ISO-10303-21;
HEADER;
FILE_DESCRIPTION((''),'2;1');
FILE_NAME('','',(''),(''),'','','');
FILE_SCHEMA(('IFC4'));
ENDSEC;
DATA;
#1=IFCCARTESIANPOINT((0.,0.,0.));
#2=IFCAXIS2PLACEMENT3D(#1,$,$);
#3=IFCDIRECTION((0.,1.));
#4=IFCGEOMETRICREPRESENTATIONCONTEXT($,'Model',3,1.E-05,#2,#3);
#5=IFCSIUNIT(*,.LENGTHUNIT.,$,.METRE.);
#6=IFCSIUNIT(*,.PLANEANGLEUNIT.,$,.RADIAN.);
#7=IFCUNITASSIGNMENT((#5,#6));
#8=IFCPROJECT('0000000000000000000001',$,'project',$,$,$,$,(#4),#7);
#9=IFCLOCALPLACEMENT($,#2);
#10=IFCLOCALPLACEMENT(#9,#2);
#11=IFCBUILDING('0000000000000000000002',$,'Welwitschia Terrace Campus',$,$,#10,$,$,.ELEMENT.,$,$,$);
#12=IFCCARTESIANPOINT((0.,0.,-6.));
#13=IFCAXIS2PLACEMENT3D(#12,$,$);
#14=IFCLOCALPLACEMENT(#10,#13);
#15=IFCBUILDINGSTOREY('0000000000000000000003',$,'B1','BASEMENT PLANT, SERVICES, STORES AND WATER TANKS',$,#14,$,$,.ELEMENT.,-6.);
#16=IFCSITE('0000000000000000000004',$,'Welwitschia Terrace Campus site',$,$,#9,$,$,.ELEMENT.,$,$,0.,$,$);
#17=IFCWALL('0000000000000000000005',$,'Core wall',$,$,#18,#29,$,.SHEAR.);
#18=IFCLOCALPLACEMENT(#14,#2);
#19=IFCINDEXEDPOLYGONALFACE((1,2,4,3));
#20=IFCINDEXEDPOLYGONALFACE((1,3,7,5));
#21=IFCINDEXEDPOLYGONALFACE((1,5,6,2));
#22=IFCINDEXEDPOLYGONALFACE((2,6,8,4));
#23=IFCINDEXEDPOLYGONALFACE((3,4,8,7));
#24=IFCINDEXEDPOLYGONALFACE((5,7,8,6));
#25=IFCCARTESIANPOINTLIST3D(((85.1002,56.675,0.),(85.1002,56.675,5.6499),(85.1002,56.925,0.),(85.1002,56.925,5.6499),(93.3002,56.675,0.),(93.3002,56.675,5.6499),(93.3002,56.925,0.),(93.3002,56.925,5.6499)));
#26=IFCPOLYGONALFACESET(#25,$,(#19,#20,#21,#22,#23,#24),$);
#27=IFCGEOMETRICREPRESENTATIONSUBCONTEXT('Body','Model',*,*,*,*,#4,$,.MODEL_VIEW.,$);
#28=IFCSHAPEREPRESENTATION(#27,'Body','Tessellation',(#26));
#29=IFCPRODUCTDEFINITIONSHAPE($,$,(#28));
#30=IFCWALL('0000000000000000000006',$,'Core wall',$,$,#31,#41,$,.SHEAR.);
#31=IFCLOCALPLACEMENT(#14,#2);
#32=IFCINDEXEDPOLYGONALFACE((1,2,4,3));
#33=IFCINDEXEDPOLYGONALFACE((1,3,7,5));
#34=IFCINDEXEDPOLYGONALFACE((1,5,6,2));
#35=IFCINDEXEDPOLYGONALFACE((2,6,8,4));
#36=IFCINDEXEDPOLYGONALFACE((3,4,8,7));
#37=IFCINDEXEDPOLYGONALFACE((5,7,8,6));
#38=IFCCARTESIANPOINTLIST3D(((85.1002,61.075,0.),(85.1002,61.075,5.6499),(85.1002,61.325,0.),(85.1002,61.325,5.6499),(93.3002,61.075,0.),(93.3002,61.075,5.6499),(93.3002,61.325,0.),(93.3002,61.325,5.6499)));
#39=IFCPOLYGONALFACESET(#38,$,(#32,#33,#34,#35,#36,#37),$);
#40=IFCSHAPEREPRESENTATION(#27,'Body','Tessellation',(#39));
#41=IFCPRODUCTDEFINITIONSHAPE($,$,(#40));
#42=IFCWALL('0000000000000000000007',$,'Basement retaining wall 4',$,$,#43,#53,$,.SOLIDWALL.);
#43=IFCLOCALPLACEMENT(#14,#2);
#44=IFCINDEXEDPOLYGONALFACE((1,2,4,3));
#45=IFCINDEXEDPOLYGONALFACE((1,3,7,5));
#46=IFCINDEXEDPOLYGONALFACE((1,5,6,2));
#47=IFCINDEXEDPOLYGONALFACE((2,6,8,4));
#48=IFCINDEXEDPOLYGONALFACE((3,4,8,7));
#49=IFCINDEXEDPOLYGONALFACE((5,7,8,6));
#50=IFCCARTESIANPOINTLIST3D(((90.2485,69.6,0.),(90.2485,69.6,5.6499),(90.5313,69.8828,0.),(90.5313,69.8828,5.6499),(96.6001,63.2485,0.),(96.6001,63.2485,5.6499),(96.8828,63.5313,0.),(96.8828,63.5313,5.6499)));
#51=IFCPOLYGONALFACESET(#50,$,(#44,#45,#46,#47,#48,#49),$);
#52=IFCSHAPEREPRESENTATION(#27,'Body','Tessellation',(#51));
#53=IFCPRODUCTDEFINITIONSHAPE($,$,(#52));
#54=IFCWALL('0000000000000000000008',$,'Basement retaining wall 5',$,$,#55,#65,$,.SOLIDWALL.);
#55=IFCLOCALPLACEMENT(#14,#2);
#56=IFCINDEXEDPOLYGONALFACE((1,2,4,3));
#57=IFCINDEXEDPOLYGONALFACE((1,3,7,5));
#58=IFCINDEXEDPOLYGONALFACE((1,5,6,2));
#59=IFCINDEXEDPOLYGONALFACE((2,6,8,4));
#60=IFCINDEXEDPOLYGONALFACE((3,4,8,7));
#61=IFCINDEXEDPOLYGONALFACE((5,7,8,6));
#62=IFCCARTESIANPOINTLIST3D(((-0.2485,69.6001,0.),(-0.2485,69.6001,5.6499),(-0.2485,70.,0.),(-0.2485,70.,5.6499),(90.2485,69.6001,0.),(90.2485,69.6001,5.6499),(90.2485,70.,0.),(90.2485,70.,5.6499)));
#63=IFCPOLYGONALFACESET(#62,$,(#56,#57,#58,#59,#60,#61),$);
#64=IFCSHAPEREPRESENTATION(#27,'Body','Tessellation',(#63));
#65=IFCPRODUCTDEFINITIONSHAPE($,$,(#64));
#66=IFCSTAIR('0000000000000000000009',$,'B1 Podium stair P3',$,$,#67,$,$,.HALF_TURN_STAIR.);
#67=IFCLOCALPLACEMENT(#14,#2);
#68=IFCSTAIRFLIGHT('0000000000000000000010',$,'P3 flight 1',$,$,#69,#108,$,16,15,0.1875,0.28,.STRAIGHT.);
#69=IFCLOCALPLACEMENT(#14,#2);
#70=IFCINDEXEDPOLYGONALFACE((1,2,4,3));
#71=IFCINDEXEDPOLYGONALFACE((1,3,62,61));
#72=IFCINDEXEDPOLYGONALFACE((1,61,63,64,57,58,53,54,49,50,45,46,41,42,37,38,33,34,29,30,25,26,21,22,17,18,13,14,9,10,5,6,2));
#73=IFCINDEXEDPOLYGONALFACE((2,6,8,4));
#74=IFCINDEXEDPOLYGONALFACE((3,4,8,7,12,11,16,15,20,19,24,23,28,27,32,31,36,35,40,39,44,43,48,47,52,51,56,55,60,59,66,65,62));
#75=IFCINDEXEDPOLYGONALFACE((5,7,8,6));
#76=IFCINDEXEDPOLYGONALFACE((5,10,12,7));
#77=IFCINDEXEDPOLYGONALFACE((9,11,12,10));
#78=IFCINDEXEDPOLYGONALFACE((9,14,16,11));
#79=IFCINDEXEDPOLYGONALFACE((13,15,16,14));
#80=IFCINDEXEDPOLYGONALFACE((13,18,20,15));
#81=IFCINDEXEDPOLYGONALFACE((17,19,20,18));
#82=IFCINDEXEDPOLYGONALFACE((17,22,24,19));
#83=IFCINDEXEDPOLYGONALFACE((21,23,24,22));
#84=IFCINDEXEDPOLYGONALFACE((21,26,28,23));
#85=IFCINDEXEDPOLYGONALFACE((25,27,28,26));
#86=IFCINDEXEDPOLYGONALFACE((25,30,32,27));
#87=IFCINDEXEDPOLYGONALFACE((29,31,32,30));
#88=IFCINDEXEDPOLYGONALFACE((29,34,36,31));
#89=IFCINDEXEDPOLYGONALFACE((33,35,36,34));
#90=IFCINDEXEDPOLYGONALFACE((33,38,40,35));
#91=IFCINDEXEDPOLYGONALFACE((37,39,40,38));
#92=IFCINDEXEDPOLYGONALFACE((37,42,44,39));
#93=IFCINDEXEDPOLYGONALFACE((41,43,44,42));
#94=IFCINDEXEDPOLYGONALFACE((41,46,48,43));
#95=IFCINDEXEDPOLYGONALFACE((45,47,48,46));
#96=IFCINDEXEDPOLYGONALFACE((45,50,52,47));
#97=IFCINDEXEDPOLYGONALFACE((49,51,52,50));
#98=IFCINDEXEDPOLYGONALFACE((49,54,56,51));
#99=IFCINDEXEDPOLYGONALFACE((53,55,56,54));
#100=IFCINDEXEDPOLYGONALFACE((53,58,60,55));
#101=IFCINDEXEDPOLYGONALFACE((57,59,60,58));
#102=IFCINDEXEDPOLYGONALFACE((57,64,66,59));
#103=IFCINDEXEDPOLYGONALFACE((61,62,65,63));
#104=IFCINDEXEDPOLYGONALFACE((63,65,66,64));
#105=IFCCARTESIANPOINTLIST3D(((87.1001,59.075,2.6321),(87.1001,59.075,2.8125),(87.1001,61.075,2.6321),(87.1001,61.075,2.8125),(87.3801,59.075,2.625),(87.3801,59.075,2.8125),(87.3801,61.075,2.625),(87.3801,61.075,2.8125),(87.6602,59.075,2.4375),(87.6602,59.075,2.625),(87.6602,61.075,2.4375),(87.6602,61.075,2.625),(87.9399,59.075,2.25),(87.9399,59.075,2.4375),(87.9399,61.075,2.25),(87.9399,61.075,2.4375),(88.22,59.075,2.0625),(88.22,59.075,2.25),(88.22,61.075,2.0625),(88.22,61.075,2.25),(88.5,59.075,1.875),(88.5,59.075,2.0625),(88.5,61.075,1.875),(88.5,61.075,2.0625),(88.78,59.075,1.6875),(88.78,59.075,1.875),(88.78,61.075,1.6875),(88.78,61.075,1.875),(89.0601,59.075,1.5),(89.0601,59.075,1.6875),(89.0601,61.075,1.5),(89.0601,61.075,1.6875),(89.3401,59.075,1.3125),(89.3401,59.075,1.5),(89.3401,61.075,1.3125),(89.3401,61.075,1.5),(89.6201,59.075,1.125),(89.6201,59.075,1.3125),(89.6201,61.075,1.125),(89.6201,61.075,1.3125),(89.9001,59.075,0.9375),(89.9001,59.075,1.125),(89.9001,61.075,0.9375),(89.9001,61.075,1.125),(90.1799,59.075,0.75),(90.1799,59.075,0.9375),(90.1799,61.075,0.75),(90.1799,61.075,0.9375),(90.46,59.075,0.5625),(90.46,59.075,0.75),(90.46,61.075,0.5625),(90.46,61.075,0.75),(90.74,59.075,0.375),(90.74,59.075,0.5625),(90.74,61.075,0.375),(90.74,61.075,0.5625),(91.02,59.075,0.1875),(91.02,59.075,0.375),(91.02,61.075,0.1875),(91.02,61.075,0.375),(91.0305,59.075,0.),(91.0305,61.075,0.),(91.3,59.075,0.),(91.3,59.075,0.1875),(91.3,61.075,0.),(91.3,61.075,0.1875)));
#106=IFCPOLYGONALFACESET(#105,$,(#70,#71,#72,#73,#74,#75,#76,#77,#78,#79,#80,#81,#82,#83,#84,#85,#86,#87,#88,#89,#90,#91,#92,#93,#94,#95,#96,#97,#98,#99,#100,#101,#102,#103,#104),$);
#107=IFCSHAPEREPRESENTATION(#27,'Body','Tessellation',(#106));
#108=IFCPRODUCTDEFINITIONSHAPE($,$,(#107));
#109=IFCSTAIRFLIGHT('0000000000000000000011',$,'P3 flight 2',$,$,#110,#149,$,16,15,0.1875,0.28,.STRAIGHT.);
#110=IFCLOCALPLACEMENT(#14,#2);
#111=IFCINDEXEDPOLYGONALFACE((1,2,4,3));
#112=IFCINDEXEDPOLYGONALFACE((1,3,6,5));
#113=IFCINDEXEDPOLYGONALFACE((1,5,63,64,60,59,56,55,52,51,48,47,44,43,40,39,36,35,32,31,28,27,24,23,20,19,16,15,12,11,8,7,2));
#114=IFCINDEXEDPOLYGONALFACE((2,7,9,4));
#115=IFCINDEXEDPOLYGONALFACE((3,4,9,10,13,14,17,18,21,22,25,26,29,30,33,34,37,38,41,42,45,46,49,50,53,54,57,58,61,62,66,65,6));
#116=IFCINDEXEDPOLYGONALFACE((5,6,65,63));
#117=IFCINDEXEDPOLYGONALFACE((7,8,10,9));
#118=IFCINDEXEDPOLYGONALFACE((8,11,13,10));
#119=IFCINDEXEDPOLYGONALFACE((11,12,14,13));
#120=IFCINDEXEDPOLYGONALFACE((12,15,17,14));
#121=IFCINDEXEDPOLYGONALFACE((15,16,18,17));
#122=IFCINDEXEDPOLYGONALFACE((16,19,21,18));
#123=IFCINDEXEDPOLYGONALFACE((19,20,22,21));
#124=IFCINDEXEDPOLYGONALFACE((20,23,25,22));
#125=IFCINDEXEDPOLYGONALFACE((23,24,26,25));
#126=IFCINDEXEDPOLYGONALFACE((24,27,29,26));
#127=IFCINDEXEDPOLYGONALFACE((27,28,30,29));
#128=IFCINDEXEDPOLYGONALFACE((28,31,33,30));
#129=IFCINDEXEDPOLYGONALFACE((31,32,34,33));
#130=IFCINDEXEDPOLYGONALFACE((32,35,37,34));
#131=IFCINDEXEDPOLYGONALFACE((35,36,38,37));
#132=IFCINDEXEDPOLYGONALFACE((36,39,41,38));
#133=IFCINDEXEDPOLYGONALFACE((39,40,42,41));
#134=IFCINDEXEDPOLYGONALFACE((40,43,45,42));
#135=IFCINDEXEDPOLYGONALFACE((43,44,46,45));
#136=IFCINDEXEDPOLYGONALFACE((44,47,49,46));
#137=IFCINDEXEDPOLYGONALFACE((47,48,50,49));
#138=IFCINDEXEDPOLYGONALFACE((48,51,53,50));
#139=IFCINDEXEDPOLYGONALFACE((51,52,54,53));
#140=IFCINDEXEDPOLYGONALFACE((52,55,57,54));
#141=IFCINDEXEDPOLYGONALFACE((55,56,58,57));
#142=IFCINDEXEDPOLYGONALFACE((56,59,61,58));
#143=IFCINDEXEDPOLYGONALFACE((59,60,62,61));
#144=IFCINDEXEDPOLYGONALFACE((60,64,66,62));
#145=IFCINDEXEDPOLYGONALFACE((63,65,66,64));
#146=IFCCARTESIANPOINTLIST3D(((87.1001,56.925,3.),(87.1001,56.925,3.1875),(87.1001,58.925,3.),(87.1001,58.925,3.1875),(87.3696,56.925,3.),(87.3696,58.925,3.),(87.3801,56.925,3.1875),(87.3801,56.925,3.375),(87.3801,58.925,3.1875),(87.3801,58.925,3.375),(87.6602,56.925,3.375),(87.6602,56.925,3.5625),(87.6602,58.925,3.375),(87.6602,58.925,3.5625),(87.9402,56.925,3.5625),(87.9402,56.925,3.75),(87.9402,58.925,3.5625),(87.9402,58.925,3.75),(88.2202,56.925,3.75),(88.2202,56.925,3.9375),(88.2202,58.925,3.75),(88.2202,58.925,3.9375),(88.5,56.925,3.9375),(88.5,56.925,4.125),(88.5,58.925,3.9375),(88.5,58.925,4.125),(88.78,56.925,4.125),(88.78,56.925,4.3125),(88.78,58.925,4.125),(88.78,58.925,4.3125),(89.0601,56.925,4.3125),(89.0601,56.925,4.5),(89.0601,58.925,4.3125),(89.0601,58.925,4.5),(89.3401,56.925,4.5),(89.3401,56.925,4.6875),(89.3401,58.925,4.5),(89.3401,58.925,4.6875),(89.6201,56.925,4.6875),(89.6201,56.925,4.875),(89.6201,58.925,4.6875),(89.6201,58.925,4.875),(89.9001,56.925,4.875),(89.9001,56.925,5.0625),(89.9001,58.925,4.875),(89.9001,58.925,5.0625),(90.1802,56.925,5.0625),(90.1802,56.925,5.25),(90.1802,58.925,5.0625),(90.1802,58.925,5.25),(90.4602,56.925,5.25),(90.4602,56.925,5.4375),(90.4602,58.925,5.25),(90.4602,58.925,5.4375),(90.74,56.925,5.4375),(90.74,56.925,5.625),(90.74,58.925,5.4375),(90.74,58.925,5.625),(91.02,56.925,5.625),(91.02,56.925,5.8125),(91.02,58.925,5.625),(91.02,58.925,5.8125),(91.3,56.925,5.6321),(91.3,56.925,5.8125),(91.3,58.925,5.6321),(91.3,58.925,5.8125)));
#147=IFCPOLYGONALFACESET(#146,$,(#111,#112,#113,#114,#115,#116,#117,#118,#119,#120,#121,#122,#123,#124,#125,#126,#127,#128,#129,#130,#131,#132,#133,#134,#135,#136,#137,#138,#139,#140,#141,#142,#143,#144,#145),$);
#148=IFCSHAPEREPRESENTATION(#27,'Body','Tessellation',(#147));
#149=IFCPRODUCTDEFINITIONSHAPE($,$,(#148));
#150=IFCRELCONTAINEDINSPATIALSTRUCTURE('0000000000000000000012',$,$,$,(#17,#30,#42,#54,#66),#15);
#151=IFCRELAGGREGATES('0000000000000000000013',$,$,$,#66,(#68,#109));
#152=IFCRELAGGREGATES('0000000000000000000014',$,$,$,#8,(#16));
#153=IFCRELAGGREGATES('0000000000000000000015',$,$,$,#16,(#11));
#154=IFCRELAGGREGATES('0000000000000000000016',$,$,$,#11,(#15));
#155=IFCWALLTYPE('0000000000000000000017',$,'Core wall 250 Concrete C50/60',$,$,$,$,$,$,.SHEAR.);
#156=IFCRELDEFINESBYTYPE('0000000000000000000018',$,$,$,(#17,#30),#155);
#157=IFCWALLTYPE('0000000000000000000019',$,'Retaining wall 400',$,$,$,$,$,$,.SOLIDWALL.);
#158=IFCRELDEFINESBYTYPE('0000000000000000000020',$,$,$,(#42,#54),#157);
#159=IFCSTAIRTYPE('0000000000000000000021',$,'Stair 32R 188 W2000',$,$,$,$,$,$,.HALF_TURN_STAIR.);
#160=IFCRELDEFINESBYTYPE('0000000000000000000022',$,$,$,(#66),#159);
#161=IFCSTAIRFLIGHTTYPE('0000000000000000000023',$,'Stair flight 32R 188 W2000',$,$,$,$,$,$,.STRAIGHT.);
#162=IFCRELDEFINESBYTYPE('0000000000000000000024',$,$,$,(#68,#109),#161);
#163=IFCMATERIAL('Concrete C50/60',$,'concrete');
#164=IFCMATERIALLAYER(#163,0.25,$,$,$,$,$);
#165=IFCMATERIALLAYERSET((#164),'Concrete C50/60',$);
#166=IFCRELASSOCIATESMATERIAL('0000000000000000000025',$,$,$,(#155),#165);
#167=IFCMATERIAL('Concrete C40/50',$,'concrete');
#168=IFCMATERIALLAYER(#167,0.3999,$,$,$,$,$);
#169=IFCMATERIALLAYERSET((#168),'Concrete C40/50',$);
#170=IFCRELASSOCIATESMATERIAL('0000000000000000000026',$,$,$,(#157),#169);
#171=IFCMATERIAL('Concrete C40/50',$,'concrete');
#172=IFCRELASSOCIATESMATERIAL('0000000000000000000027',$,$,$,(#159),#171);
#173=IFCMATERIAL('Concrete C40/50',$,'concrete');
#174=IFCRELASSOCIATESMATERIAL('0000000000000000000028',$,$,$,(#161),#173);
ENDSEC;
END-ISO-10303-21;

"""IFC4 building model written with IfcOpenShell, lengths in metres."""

from ifc_helpers import new_model, si_unit, direction, frame, frame_2d, origin, place, context, subcontext, project, spatial, polyline, rectangle, outline, extrude, material, layer, layer_set, type_object, element, aggregate, save


model = new_model("IFC4")

# Units and contexts
model_context = context("Model", 3, precision=1e-05, world=origin(), true_north=direction((0.0, 1.0)))
body_context = subcontext(model_context, "Body", "Model", "MODEL_VIEW")
ifc_project = project(units=[si_unit("LENGTHUNIT", "METRE"), si_unit("PLANEANGLEUNIT", "RADIAN")], contexts=[model_context])

# Site, building, storey
site_placement = place(None, origin())
site = spatial("IfcSite", under=ifc_project, at=site_placement, Name="Welwitschia Terrace Campus site", CompositionType="ELEMENT", RefElevation=0.0)
building_placement = place(site_placement, origin())
building = spatial("IfcBuilding", under=site, at=building_placement, Name="Welwitschia Terrace Campus", CompositionType="ELEMENT")
storey_placement = place(building_placement, frame((0.0, 0.0, -6.0)))
storey = spatial("IfcBuildingStorey", under=building, at=storey_placement, Name="B1", Description="BASEMENT PLANT, SERVICES, STORES AND WATER TANKS", CompositionType="ELEMENT", Elevation=-6.0)

# Shared definitions
ifc_material_1 = material(Name="Concrete C50/60", Category="concrete")
ifc_layer_1 = layer(ifc_material_1, 0.25)
ifc_layer_set_1 = layer_set([ifc_layer_1], Name="Concrete C50/60")
wall_type_1 = type_object("IfcWallType", Name="Core wall 250 Concrete C50/60", PredefinedType="SHEAR", material=ifc_layer_set_1)

# Walls
for number, where, z_axis, x_axis, name in (
    (1, (85.1001, 56.8, 0.0), (0.0, 0.0, 1.0), (1.0, 0.0, 0.0), "Core wall"),
    (2, (85.1001, 61.2, 0.0), (0.0, 0.0, 1.0), (1.0, 0.0, 0.0), "Core wall"),
):
    element("IfcWall", number, at=place(storey_placement, frame(where, z_axis=z_axis, x_axis=x_axis)), inside=storey, type_object=wall_type_1, Name=name, PredefinedType="SHEAR", context=body_context, shape_type="SweptSolid", body=[
        extrude(rectangle(XDim=8.2, YDim=0.25, at=frame_2d((4.1001, 0.0))), origin(), (0.0, 0.0, 1.0), 5.6499),
    ])
ifc_material_2 = material(Name="Concrete C40/50", Category="concrete")
ifc_layer_2 = layer(ifc_material_2, 0.3999)
ifc_layer_set_2 = layer_set([ifc_layer_2], Name="Concrete C40/50")
wall_type_2 = type_object("IfcWallType", Name="Retaining wall 400", PredefinedType="SOLIDWALL", material=ifc_layer_set_2)
wall_1_placement = place(storey_placement, frame((96.7415, 63.3899, 0.0), z_axis=(0.0, 0.0, 1.0), x_axis=(-0.707107, 0.707107, 0.0)))
element("IfcWall", 3, at=wall_1_placement, inside=storey, type_object=wall_type_2, Name="Basement retaining wall 4", PredefinedType="SOLIDWALL", context=body_context, shape_type="SweptSolid", body=[
    extrude(rectangle(XDim=8.9824, YDim=0.3999, at=frame_2d((4.4912, 0.0))), origin(), (0.0, 0.0, 1.0), 5.6499),
])
wall_2_placement = place(storey_placement, frame((90.2485, 69.8, 0.0), z_axis=(0.0, 0.0, 1.0), x_axis=(-1.0, 0.0, 0.0)))
element("IfcWall", 4, at=wall_2_placement, inside=storey, type_object=wall_type_2, Name="Basement retaining wall 5", PredefinedType="SOLIDWALL", context=body_context, shape_type="SweptSolid", body=[
    extrude(rectangle(XDim=90.4971, YDim=0.3999, at=frame_2d((45.2485, 0.0))), origin(), (0.0, 0.0, 1.0), 5.6499),
])

# Stair, stair flights
ifc_material_3 = material(Name="Concrete C40/50", Category="concrete")
stair_type = type_object("IfcStairType", Name="Stair 32R 188 W2000", PredefinedType="HALF_TURN_STAIR", material=ifc_material_3)
stair_placement = place(storey_placement, origin())
stair = element("IfcStair", 5, at=stair_placement, inside=storey, type_object=stair_type, Name="B1 Podium stair P3", PredefinedType="HALF_TURN_STAIR")
ifc_material_4 = material(Name="Concrete C40/50", Category="concrete")
stair_flight_type = type_object("IfcStairFlightType", Name="Stair flight 32R 188 W2000", PredefinedType="STRAIGHT", material=ifc_material_4)
stair_flight_1_placement = place(storey_placement, frame((91.3, 60.075, 0.0), z_axis=(0.0, 0.0, 1.0), x_axis=(-1.0, 0.0, 0.0)))
stair_flight_1 = element("IfcStairFlight", 6, at=stair_flight_1_placement, type_object=stair_flight_type, Name="P3 flight 1", NumberOfRisers=16, NumberOfTreads=15, PredefinedType="STRAIGHT", RiserHeight=0.1875, TreadLength=0.28, context=body_context, shape_type="SweptSolid", body=[
    extrude(outline(polyline([(0.0, 0.0), (0.0, 0.1875), (0.28, 0.1875), (0.28, 0.375), (0.5601, 0.375), (0.5601, 0.5625), (0.8401, 0.5625), (0.8401, 0.75), (1.1201, 0.75), (1.1201, 0.9375), (1.3999, 0.9375), (1.3999, 1.125), (1.6799, 1.125), (1.6799, 1.3125), (1.96, 1.3125), (1.96, 1.5), (2.24, 1.5), (2.24, 1.6875), (2.52, 1.6875), (2.52, 1.875), (2.8, 1.875), (2.8, 2.0625), (3.0801, 2.0625), (3.0801, 2.25), (3.3601, 2.25), (3.3601, 2.4375), (3.6399, 2.4375), (3.6399, 2.625), (3.9199, 2.625), (3.9199, 2.8125), (4.2, 2.8125), (4.2, 3.0), (4.2, 2.6321), (0.2695, 0.0), (0.0, 0.0)])), frame((0.0, 1.0, 0.0), z_axis=(0.0, -1.0, 0.0), x_axis=(1.0, 0.0, 0.0)), (0.0, 0.0, 1.0), 2.0),
])
stair_flight_2_placement = place(storey_placement, frame((87.1001, 57.925, 3.0), z_axis=(0.0, 0.0, 1.0), x_axis=(1.0, 0.0, 0.0)))
stair_flight_2 = element("IfcStairFlight", 7, at=stair_flight_2_placement, type_object=stair_flight_type, Name="P3 flight 2", NumberOfRisers=16, NumberOfTreads=15, PredefinedType="STRAIGHT", RiserHeight=0.1875, TreadLength=0.28, context=body_context, shape_type="SweptSolid", body=[
    extrude(outline(polyline([(0.0, 0.0), (0.0, 0.1875), (0.28, 0.1875), (0.28, 0.375), (0.5601, 0.375), (0.5601, 0.5625), (0.8401, 0.5625), (0.8401, 0.75), (1.1201, 0.75), (1.1201, 0.9375), (1.3999, 0.9375), (1.3999, 1.125), (1.6799, 1.125), (1.6799, 1.3125), (1.96, 1.3125), (1.96, 1.5), (2.24, 1.5), (2.24, 1.6875), (2.52, 1.6875), (2.52, 1.875), (2.8, 1.875), (2.8, 2.0625), (3.0801, 2.0625), (3.0801, 2.25), (3.3601, 2.25), (3.3601, 2.4375), (3.6399, 2.4375), (3.6399, 2.625), (3.9199, 2.625), (3.9199, 2.8125), (4.2, 2.8125), (4.2, 3.0), (4.2, 2.6321), (0.2695, 0.0), (0.0, 0.0)])), frame((0.0, 1.0, 0.0), z_axis=(0.0, -1.0, 0.0), x_axis=(1.0, 0.0, 0.0)), (0.0, 0.0, 1.0), 2.0),
])
aggregate(stair, [stair_flight_1, stair_flight_2])

save(model, "model.ifc")
